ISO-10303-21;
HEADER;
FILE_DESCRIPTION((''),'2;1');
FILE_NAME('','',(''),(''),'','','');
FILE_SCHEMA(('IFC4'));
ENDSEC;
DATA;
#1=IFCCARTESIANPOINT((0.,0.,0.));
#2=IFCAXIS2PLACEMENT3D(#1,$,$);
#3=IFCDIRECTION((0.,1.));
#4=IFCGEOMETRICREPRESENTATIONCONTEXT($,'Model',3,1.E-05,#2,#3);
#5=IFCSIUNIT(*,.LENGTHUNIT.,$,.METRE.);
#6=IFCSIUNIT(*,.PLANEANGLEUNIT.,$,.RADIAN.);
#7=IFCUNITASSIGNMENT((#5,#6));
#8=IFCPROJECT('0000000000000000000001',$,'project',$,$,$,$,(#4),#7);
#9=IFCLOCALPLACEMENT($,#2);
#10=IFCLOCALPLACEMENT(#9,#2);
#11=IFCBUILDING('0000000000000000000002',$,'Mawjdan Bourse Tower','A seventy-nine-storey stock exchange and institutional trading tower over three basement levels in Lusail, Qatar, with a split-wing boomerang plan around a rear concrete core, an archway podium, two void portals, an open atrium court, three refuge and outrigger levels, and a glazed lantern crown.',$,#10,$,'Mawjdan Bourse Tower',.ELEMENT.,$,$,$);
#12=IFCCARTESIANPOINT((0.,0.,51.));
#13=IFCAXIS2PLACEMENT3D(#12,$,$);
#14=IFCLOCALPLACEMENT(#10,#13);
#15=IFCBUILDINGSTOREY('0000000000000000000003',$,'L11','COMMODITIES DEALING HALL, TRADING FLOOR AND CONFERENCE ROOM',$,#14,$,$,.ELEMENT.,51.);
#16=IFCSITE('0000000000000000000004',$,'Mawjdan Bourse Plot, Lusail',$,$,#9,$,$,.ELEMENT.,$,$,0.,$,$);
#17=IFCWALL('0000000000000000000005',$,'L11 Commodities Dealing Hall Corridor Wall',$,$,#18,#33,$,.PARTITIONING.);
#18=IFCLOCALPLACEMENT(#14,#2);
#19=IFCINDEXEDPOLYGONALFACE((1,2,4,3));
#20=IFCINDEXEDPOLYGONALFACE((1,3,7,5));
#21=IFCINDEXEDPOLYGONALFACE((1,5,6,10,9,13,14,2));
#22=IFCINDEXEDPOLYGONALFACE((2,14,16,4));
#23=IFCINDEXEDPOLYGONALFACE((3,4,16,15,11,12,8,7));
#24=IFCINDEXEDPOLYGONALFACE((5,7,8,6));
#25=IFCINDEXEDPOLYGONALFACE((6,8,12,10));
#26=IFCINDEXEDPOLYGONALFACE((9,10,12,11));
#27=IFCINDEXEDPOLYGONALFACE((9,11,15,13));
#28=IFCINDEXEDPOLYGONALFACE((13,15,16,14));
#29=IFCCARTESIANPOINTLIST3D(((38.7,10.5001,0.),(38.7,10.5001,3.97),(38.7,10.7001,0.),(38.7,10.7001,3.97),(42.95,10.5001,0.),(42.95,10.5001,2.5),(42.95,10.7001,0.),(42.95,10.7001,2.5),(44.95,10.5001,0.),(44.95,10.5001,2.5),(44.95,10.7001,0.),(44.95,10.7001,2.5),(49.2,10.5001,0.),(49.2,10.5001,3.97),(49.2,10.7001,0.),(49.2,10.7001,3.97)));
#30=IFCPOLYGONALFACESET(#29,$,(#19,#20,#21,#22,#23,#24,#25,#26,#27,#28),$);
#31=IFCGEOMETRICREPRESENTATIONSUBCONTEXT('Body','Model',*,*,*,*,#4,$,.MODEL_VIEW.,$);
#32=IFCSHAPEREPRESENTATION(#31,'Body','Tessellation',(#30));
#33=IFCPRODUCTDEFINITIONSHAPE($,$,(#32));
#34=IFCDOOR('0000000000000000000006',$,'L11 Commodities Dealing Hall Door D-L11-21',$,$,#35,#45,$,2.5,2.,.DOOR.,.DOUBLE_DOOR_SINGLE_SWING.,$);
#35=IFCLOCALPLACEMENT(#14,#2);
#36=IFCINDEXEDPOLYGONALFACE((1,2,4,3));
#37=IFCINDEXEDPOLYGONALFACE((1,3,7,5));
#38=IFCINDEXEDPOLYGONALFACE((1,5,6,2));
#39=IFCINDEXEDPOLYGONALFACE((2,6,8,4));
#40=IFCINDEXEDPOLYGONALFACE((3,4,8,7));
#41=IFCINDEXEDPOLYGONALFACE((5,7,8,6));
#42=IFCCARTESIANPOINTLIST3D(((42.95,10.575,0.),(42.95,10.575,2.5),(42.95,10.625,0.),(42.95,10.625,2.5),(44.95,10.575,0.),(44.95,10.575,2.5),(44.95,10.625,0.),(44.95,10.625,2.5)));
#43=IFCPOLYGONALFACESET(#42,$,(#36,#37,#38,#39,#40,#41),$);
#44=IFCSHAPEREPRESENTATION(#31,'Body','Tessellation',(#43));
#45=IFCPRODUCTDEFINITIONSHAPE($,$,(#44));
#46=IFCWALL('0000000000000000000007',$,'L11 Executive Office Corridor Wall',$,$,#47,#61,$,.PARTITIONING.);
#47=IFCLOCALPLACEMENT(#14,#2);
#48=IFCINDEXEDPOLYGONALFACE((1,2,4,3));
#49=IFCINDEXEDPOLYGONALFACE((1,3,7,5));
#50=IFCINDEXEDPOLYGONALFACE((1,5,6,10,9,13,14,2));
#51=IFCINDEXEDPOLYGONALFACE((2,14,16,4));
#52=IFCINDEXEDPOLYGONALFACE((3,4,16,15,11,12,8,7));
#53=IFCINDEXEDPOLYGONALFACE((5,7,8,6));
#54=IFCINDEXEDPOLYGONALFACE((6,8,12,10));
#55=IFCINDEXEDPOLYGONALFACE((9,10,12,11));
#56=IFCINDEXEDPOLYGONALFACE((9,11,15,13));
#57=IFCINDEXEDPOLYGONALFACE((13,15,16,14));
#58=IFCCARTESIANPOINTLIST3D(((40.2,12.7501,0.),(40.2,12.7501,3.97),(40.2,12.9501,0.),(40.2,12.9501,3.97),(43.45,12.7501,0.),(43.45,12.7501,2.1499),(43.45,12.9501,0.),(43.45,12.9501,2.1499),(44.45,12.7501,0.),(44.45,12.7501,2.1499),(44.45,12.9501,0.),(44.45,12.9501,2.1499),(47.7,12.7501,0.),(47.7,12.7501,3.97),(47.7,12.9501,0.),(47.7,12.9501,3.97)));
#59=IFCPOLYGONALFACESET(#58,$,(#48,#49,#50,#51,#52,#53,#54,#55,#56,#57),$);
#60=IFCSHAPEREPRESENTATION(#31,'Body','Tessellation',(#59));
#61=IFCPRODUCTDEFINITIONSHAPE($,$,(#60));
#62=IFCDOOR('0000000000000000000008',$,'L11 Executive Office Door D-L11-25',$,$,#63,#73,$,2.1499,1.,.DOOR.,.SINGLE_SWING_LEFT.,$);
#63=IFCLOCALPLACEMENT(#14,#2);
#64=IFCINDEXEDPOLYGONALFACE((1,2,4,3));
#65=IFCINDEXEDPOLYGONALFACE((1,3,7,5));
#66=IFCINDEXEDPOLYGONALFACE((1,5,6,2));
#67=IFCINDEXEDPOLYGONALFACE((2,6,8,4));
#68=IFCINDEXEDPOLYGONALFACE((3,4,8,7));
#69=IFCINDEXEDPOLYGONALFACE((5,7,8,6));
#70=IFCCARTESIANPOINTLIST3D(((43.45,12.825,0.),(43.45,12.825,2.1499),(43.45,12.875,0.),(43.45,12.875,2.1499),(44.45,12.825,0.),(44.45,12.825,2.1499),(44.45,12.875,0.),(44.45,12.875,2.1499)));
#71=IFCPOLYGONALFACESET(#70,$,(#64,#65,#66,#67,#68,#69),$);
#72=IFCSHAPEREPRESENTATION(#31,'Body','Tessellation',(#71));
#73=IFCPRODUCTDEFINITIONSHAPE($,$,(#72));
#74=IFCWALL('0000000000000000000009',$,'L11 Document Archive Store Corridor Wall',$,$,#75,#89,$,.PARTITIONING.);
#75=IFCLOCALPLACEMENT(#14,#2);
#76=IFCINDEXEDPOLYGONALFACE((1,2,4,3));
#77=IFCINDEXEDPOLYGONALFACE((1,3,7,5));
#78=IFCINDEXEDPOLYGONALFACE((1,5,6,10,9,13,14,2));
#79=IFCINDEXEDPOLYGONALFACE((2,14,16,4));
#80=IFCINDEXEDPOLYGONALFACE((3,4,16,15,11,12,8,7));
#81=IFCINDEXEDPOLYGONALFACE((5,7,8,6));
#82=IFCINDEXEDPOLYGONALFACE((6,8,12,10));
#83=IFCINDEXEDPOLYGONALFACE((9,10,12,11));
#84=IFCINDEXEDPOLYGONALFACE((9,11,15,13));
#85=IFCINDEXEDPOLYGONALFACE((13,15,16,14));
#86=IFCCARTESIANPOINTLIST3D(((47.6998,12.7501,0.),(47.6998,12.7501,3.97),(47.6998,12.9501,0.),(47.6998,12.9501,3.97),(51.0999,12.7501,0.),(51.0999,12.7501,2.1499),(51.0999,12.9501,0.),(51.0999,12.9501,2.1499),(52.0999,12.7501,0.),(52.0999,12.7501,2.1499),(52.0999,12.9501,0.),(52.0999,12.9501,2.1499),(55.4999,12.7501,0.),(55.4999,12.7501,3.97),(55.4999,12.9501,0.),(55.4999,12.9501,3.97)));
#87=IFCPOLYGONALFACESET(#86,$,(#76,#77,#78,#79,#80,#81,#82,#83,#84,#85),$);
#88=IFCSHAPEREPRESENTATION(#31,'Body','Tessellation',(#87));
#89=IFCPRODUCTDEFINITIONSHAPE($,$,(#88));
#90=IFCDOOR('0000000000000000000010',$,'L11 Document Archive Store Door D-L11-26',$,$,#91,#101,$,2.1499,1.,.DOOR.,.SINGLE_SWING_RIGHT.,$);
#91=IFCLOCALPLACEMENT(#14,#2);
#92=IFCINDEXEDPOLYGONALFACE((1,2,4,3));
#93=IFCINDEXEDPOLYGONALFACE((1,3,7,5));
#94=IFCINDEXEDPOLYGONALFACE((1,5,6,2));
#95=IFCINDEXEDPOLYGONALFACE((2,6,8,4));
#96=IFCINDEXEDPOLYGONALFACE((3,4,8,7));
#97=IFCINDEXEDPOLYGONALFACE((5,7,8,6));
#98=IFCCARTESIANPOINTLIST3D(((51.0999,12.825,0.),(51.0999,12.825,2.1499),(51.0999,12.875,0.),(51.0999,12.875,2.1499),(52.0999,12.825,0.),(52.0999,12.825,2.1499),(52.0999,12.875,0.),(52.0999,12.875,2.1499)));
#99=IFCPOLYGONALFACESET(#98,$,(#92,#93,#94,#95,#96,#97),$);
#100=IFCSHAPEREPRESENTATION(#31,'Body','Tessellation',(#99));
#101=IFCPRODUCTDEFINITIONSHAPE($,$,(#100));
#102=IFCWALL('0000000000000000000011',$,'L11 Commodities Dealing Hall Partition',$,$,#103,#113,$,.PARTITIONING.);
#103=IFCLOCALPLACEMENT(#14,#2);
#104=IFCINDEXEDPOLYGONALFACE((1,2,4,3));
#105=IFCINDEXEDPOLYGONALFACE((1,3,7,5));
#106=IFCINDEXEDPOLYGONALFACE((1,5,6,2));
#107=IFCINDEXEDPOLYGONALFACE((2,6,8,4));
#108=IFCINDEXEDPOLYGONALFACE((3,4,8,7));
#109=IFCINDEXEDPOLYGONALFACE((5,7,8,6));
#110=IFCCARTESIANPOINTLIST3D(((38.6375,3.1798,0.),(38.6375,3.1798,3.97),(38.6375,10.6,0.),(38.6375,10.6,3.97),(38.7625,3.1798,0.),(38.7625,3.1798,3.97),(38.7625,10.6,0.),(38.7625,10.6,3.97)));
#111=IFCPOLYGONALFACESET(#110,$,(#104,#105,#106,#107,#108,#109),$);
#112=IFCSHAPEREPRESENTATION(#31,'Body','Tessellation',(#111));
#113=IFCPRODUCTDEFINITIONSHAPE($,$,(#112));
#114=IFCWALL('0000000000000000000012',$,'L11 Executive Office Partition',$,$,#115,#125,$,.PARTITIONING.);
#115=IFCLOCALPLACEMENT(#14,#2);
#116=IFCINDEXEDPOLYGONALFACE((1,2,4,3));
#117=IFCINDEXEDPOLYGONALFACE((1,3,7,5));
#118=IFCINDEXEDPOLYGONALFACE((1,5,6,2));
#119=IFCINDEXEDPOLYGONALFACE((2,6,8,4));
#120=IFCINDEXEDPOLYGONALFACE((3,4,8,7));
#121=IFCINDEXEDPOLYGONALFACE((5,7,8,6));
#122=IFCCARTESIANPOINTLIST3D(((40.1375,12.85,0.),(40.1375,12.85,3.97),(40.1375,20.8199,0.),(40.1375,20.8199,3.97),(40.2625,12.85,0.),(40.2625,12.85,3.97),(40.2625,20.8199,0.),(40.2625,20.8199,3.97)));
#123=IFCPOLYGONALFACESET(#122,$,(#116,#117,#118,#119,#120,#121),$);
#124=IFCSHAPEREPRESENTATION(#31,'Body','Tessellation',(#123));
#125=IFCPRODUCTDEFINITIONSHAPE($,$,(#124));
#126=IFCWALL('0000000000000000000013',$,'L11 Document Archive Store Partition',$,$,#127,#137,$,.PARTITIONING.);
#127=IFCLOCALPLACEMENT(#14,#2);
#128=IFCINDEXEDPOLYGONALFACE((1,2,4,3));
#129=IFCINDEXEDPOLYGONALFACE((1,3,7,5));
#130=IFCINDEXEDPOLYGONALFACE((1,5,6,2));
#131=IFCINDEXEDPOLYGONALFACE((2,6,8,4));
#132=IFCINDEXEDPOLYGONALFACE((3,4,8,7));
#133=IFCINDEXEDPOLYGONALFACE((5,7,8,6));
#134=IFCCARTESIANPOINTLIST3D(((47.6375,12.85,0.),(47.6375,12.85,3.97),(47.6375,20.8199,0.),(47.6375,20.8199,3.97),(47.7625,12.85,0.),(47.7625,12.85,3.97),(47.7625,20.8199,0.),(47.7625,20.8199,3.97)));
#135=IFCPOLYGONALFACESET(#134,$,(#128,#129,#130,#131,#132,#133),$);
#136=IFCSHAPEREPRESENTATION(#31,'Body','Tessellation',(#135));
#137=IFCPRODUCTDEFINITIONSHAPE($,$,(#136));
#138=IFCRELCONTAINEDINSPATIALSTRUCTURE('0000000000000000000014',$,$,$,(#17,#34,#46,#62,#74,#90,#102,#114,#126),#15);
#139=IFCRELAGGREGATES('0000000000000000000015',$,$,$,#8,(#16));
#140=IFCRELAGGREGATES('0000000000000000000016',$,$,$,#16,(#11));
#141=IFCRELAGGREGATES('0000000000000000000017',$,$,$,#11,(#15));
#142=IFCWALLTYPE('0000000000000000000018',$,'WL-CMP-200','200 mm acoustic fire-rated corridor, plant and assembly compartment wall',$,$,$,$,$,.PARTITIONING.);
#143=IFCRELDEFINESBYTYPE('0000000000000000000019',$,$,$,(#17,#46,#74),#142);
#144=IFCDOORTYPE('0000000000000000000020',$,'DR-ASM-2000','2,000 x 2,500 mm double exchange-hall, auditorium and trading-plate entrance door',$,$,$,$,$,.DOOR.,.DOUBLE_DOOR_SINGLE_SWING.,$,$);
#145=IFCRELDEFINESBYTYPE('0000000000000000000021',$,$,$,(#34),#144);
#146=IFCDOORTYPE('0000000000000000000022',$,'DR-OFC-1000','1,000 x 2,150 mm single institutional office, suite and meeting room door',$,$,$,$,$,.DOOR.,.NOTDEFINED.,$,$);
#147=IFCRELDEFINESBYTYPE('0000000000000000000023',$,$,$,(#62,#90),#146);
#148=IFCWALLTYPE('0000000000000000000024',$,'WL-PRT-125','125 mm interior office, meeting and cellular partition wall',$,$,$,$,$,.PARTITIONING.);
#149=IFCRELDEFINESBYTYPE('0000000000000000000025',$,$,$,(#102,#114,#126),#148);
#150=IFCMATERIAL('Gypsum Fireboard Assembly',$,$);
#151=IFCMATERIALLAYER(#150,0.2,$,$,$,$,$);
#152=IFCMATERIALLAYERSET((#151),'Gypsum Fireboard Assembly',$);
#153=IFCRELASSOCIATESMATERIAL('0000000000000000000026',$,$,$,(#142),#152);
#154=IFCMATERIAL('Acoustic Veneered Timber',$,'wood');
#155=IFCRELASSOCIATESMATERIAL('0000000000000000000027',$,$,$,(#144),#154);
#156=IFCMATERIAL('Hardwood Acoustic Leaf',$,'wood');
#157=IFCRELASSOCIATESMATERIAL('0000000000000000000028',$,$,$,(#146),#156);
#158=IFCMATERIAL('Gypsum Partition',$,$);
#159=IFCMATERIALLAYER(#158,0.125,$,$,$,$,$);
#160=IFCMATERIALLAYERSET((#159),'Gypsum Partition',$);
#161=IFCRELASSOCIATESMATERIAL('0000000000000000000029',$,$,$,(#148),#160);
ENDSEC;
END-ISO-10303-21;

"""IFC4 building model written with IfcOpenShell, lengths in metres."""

from ifc_helpers import new_model, si_unit, direction, frame, frame_2d, origin, place, context, subcontext, project, spatial, rectangle, extrude, material, layer, layer_set, type_object, element, fill, save


model = new_model("IFC4")

# Units and contexts
model_context = context("Model", 3, precision=1e-05, world=origin(), true_north=direction((0.0, 1.0)))
body_context = subcontext(model_context, "Body", "Model", "MODEL_VIEW")
ifc_project = project(units=[si_unit("LENGTHUNIT", "METRE"), si_unit("PLANEANGLEUNIT", "RADIAN")], contexts=[model_context])

# Site, building, storey
site_placement = place(None, origin())
site = spatial("IfcSite", under=ifc_project, at=site_placement, Name="Mawjdan Bourse Plot, Lusail", CompositionType="ELEMENT", RefElevation=0.0)
building_placement = place(site_placement, origin())
building = spatial("IfcBuilding", under=site, at=building_placement, Name="Mawjdan Bourse Tower", Description="A seventy-nine-storey stock exchange and institutional trading tower over three basement levels in Lusail, Qatar, with a split-wing boomerang plan around a rear concrete core, an archway podium, two void portals, an open atrium court, three refuge and outrigger levels, and a glazed lantern crown.", LongName="Mawjdan Bourse Tower", CompositionType="ELEMENT")
storey_placement = place(building_placement, frame((0.0, 0.0, 51.0)))
storey = spatial("IfcBuildingStorey", under=building, at=storey_placement, Name="L11", Description="COMMODITIES DEALING HALL, TRADING FLOOR AND CONFERENCE ROOM", CompositionType="ELEMENT", Elevation=51.0)

# Walls, openings, doors
ifc_material_1 = material(Name="Gypsum Fireboard Assembly")
ifc_layer_1 = layer(ifc_material_1, 0.2)
ifc_layer_set_1 = layer_set([ifc_layer_1], Name="Gypsum Fireboard Assembly")
wall_type_1 = type_object("IfcWallType", Name="WL-CMP-200", Description="200 mm acoustic fire-rated corridor, plant and assembly compartment wall", PredefinedType="PARTITIONING", material=ifc_layer_set_1)
wall_1_placement = place(storey_placement, frame((38.7, 10.6001, 0.0), z_axis=(0.0, 0.0, 1.0), x_axis=(1.0, 0.0, 0.0)))
wall_1 = element("IfcWall", 1, at=wall_1_placement, inside=storey, type_object=wall_type_1, Name="L11 Commodities Dealing Hall Corridor Wall", PredefinedType="PARTITIONING", context=body_context, shape_type="SweptSolid", body=[
    extrude(rectangle(XDim=10.5, YDim=0.2, at=frame_2d((5.25, 0.0))), origin(), (0.0, 0.0, 1.0), 3.97),
])
opening_1_placement = place(wall_1_placement, frame((4.25, 0.0, 0.0)))
opening_1 = element("IfcOpeningElement", 2, at=opening_1_placement, cuts=wall_1, PredefinedType="OPENING", context=body_context, shape_type="SweptSolid", body=[
    extrude(rectangle(XDim=2.0, YDim=2.5, at=frame_2d((1.0, 1.25))), frame((0.0, 0.1099, 0.0), z_axis=(0.0, -1.0, 0.0), x_axis=(1.0, 0.0, 0.0)), (0.0, 0.0, 1.0), 0.22),
])
ifc_material_2 = material(Name="Acoustic Veneered Timber", Category="wood")
door_type_1 = type_object("IfcDoorType", Name="DR-ASM-2000", Description="2,000 x 2,500 mm double exchange-hall, auditorium and trading-plate entrance door", OperationType="DOUBLE_DOOR_SINGLE_SWING", PredefinedType="DOOR", material=ifc_material_2)
door_1_placement = place(opening_1_placement, origin())
door_1 = element("IfcDoor", 3, at=door_1_placement, inside=storey, type_object=door_type_1, Name="L11 Commodities Dealing Hall Door D-L11-21", OperationType="DOUBLE_DOOR_SINGLE_SWING", OverallHeight=2.5, OverallWidth=2.0, PredefinedType="DOOR", context=body_context, shape_type="SweptSolid", body=[
    extrude(rectangle(XDim=2.0, YDim=2.5, at=frame_2d((1.0, 1.25))), frame((0.0, 0.0249, 0.0), z_axis=(0.0, -1.0, 0.0), x_axis=(1.0, 0.0, 0.0)), (0.0, 0.0, 1.0), 0.05),
])
fill(opening_1, door_1)
wall_2_placement = place(storey_placement, frame((40.2, 12.8501, 0.0), z_axis=(0.0, 0.0, 1.0), x_axis=(1.0, 0.0, 0.0)))
wall_2 = element("IfcWall", 4, at=wall_2_placement, inside=storey, type_object=wall_type_1, Name="L11 Executive Office Corridor Wall", PredefinedType="PARTITIONING", context=body_context, shape_type="SweptSolid", body=[
    extrude(rectangle(XDim=7.5, YDim=0.2, at=frame_2d((3.75, 0.0))), origin(), (0.0, 0.0, 1.0), 3.97),
])
opening_2_placement = place(wall_2_placement, frame((3.25, 0.0, 0.0)))
opening_2 = element("IfcOpeningElement", 5, at=opening_2_placement, cuts=wall_2, PredefinedType="OPENING", context=body_context, shape_type="SweptSolid", body=[
    extrude(rectangle(XDim=1.0, YDim=2.1499, at=frame_2d((0.5, 1.075))), frame((0.0, 0.1099, 0.0), z_axis=(0.0, -1.0, 0.0), x_axis=(1.0, 0.0, 0.0)), (0.0, 0.0, 1.0), 0.22),
])
ifc_material_3 = material(Name="Hardwood Acoustic Leaf", Category="wood")
door_type_2 = type_object("IfcDoorType", Name="DR-OFC-1000", Description="1,000 x 2,150 mm single institutional office, suite and meeting room door", OperationType="NOTDEFINED", PredefinedType="DOOR", material=ifc_material_3)
door_2_placement = place(opening_2_placement, origin())
door_2 = element("IfcDoor", 6, at=door_2_placement, inside=storey, type_object=door_type_2, Name="L11 Executive Office Door D-L11-25", OperationType="SINGLE_SWING_LEFT", OverallHeight=2.1499, OverallWidth=1.0, PredefinedType="DOOR", context=body_context, shape_type="SweptSolid", body=[
    extrude(rectangle(XDim=1.0, YDim=2.1499, at=frame_2d((0.5, 1.075))), frame((0.0, 0.0249, 0.0), z_axis=(0.0, -1.0, 0.0), x_axis=(1.0, 0.0, 0.0)), (0.0, 0.0, 1.0), 0.05),
])
fill(opening_2, door_2)
wall_3_placement = place(storey_placement, frame((47.7, 12.8501, 0.0), z_axis=(0.0, 0.0, 1.0), x_axis=(1.0, 0.0, 0.0)))
wall_3 = element("IfcWall", 7, at=wall_3_placement, inside=storey, type_object=wall_type_1, Name="L11 Document Archive Store Corridor Wall", PredefinedType="PARTITIONING", context=body_context, shape_type="SweptSolid", body=[
    extrude(rectangle(XDim=7.8, YDim=0.2, at=frame_2d((3.8999, 0.0))), origin(), (0.0, 0.0, 1.0), 3.97),
])
opening_3_placement = place(wall_3_placement, frame((3.3999, 0.0, 0.0)))
opening_3 = element("IfcOpeningElement", 8, at=opening_3_placement, cuts=wall_3, PredefinedType="OPENING", context=body_context, shape_type="SweptSolid", body=[
    extrude(rectangle(XDim=1.0, YDim=2.1499, at=frame_2d((0.5, 1.075))), frame((0.0, 0.1099, 0.0), z_axis=(0.0, -1.0, 0.0), x_axis=(1.0, 0.0, 0.0)), (0.0, 0.0, 1.0), 0.22),
])
door_3_placement = place(opening_3_placement, origin())
door_3 = element("IfcDoor", 9, at=door_3_placement, inside=storey, type_object=door_type_2, Name="L11 Document Archive Store Door D-L11-26", OperationType="SINGLE_SWING_RIGHT", OverallHeight=2.1499, OverallWidth=1.0, PredefinedType="DOOR", context=body_context, shape_type="SweptSolid", body=[
    extrude(rectangle(XDim=1.0, YDim=2.1499, at=frame_2d((0.5, 1.075))), frame((0.0, 0.0249, 0.0), z_axis=(0.0, -1.0, 0.0), x_axis=(1.0, 0.0, 0.0)), (0.0, 0.0, 1.0), 0.05),
])
fill(opening_3, door_3)

# Walls
ifc_material_4 = material(Name="Gypsum Partition")
ifc_layer_2 = layer(ifc_material_4, 0.125)
ifc_layer_set_2 = layer_set([ifc_layer_2], Name="Gypsum Partition")
wall_type_2 = type_object("IfcWallType", Name="WL-PRT-125", Description="125 mm interior office, meeting and cellular partition wall", PredefinedType="PARTITIONING", material=ifc_layer_set_2)
wall_4_placement = place(storey_placement, frame((38.7, 3.1799, 0.0), z_axis=(0.0, 0.0, 1.0), x_axis=(0.0, 1.0, 0.0)))
element("IfcWall", 10, at=wall_4_placement, inside=storey, type_object=wall_type_2, Name="L11 Commodities Dealing Hall Partition", PredefinedType="PARTITIONING", context=body_context, shape_type="SweptSolid", body=[
    extrude(rectangle(XDim=7.4202, YDim=0.125, at=frame_2d((3.71, 0.0))), origin(), (0.0, 0.0, 1.0), 3.97),
])
for number, where, z_axis, x_axis, name in (
    (11, (40.2, 12.8501, 0.0), (0.0, 0.0, 1.0), (0.0, 1.0, 0.0), "L11 Executive Office Partition"),
    (12, (47.7, 12.8501, 0.0), (0.0, 0.0, 1.0), (0.0, 1.0, 0.0), "L11 Document Archive Store Partition"),
):
    element("IfcWall", number, at=place(storey_placement, frame(where, z_axis=z_axis, x_axis=x_axis)), inside=storey, type_object=wall_type_2, Name=name, PredefinedType="PARTITIONING", context=body_context, shape_type="SweptSolid", body=[
        extrude(rectangle(XDim=7.97, YDim=0.125, at=frame_2d((3.9849, 0.0))), origin(), (0.0, 0.0, 1.0), 3.97),
    ])

save(model, "model.ifc")
